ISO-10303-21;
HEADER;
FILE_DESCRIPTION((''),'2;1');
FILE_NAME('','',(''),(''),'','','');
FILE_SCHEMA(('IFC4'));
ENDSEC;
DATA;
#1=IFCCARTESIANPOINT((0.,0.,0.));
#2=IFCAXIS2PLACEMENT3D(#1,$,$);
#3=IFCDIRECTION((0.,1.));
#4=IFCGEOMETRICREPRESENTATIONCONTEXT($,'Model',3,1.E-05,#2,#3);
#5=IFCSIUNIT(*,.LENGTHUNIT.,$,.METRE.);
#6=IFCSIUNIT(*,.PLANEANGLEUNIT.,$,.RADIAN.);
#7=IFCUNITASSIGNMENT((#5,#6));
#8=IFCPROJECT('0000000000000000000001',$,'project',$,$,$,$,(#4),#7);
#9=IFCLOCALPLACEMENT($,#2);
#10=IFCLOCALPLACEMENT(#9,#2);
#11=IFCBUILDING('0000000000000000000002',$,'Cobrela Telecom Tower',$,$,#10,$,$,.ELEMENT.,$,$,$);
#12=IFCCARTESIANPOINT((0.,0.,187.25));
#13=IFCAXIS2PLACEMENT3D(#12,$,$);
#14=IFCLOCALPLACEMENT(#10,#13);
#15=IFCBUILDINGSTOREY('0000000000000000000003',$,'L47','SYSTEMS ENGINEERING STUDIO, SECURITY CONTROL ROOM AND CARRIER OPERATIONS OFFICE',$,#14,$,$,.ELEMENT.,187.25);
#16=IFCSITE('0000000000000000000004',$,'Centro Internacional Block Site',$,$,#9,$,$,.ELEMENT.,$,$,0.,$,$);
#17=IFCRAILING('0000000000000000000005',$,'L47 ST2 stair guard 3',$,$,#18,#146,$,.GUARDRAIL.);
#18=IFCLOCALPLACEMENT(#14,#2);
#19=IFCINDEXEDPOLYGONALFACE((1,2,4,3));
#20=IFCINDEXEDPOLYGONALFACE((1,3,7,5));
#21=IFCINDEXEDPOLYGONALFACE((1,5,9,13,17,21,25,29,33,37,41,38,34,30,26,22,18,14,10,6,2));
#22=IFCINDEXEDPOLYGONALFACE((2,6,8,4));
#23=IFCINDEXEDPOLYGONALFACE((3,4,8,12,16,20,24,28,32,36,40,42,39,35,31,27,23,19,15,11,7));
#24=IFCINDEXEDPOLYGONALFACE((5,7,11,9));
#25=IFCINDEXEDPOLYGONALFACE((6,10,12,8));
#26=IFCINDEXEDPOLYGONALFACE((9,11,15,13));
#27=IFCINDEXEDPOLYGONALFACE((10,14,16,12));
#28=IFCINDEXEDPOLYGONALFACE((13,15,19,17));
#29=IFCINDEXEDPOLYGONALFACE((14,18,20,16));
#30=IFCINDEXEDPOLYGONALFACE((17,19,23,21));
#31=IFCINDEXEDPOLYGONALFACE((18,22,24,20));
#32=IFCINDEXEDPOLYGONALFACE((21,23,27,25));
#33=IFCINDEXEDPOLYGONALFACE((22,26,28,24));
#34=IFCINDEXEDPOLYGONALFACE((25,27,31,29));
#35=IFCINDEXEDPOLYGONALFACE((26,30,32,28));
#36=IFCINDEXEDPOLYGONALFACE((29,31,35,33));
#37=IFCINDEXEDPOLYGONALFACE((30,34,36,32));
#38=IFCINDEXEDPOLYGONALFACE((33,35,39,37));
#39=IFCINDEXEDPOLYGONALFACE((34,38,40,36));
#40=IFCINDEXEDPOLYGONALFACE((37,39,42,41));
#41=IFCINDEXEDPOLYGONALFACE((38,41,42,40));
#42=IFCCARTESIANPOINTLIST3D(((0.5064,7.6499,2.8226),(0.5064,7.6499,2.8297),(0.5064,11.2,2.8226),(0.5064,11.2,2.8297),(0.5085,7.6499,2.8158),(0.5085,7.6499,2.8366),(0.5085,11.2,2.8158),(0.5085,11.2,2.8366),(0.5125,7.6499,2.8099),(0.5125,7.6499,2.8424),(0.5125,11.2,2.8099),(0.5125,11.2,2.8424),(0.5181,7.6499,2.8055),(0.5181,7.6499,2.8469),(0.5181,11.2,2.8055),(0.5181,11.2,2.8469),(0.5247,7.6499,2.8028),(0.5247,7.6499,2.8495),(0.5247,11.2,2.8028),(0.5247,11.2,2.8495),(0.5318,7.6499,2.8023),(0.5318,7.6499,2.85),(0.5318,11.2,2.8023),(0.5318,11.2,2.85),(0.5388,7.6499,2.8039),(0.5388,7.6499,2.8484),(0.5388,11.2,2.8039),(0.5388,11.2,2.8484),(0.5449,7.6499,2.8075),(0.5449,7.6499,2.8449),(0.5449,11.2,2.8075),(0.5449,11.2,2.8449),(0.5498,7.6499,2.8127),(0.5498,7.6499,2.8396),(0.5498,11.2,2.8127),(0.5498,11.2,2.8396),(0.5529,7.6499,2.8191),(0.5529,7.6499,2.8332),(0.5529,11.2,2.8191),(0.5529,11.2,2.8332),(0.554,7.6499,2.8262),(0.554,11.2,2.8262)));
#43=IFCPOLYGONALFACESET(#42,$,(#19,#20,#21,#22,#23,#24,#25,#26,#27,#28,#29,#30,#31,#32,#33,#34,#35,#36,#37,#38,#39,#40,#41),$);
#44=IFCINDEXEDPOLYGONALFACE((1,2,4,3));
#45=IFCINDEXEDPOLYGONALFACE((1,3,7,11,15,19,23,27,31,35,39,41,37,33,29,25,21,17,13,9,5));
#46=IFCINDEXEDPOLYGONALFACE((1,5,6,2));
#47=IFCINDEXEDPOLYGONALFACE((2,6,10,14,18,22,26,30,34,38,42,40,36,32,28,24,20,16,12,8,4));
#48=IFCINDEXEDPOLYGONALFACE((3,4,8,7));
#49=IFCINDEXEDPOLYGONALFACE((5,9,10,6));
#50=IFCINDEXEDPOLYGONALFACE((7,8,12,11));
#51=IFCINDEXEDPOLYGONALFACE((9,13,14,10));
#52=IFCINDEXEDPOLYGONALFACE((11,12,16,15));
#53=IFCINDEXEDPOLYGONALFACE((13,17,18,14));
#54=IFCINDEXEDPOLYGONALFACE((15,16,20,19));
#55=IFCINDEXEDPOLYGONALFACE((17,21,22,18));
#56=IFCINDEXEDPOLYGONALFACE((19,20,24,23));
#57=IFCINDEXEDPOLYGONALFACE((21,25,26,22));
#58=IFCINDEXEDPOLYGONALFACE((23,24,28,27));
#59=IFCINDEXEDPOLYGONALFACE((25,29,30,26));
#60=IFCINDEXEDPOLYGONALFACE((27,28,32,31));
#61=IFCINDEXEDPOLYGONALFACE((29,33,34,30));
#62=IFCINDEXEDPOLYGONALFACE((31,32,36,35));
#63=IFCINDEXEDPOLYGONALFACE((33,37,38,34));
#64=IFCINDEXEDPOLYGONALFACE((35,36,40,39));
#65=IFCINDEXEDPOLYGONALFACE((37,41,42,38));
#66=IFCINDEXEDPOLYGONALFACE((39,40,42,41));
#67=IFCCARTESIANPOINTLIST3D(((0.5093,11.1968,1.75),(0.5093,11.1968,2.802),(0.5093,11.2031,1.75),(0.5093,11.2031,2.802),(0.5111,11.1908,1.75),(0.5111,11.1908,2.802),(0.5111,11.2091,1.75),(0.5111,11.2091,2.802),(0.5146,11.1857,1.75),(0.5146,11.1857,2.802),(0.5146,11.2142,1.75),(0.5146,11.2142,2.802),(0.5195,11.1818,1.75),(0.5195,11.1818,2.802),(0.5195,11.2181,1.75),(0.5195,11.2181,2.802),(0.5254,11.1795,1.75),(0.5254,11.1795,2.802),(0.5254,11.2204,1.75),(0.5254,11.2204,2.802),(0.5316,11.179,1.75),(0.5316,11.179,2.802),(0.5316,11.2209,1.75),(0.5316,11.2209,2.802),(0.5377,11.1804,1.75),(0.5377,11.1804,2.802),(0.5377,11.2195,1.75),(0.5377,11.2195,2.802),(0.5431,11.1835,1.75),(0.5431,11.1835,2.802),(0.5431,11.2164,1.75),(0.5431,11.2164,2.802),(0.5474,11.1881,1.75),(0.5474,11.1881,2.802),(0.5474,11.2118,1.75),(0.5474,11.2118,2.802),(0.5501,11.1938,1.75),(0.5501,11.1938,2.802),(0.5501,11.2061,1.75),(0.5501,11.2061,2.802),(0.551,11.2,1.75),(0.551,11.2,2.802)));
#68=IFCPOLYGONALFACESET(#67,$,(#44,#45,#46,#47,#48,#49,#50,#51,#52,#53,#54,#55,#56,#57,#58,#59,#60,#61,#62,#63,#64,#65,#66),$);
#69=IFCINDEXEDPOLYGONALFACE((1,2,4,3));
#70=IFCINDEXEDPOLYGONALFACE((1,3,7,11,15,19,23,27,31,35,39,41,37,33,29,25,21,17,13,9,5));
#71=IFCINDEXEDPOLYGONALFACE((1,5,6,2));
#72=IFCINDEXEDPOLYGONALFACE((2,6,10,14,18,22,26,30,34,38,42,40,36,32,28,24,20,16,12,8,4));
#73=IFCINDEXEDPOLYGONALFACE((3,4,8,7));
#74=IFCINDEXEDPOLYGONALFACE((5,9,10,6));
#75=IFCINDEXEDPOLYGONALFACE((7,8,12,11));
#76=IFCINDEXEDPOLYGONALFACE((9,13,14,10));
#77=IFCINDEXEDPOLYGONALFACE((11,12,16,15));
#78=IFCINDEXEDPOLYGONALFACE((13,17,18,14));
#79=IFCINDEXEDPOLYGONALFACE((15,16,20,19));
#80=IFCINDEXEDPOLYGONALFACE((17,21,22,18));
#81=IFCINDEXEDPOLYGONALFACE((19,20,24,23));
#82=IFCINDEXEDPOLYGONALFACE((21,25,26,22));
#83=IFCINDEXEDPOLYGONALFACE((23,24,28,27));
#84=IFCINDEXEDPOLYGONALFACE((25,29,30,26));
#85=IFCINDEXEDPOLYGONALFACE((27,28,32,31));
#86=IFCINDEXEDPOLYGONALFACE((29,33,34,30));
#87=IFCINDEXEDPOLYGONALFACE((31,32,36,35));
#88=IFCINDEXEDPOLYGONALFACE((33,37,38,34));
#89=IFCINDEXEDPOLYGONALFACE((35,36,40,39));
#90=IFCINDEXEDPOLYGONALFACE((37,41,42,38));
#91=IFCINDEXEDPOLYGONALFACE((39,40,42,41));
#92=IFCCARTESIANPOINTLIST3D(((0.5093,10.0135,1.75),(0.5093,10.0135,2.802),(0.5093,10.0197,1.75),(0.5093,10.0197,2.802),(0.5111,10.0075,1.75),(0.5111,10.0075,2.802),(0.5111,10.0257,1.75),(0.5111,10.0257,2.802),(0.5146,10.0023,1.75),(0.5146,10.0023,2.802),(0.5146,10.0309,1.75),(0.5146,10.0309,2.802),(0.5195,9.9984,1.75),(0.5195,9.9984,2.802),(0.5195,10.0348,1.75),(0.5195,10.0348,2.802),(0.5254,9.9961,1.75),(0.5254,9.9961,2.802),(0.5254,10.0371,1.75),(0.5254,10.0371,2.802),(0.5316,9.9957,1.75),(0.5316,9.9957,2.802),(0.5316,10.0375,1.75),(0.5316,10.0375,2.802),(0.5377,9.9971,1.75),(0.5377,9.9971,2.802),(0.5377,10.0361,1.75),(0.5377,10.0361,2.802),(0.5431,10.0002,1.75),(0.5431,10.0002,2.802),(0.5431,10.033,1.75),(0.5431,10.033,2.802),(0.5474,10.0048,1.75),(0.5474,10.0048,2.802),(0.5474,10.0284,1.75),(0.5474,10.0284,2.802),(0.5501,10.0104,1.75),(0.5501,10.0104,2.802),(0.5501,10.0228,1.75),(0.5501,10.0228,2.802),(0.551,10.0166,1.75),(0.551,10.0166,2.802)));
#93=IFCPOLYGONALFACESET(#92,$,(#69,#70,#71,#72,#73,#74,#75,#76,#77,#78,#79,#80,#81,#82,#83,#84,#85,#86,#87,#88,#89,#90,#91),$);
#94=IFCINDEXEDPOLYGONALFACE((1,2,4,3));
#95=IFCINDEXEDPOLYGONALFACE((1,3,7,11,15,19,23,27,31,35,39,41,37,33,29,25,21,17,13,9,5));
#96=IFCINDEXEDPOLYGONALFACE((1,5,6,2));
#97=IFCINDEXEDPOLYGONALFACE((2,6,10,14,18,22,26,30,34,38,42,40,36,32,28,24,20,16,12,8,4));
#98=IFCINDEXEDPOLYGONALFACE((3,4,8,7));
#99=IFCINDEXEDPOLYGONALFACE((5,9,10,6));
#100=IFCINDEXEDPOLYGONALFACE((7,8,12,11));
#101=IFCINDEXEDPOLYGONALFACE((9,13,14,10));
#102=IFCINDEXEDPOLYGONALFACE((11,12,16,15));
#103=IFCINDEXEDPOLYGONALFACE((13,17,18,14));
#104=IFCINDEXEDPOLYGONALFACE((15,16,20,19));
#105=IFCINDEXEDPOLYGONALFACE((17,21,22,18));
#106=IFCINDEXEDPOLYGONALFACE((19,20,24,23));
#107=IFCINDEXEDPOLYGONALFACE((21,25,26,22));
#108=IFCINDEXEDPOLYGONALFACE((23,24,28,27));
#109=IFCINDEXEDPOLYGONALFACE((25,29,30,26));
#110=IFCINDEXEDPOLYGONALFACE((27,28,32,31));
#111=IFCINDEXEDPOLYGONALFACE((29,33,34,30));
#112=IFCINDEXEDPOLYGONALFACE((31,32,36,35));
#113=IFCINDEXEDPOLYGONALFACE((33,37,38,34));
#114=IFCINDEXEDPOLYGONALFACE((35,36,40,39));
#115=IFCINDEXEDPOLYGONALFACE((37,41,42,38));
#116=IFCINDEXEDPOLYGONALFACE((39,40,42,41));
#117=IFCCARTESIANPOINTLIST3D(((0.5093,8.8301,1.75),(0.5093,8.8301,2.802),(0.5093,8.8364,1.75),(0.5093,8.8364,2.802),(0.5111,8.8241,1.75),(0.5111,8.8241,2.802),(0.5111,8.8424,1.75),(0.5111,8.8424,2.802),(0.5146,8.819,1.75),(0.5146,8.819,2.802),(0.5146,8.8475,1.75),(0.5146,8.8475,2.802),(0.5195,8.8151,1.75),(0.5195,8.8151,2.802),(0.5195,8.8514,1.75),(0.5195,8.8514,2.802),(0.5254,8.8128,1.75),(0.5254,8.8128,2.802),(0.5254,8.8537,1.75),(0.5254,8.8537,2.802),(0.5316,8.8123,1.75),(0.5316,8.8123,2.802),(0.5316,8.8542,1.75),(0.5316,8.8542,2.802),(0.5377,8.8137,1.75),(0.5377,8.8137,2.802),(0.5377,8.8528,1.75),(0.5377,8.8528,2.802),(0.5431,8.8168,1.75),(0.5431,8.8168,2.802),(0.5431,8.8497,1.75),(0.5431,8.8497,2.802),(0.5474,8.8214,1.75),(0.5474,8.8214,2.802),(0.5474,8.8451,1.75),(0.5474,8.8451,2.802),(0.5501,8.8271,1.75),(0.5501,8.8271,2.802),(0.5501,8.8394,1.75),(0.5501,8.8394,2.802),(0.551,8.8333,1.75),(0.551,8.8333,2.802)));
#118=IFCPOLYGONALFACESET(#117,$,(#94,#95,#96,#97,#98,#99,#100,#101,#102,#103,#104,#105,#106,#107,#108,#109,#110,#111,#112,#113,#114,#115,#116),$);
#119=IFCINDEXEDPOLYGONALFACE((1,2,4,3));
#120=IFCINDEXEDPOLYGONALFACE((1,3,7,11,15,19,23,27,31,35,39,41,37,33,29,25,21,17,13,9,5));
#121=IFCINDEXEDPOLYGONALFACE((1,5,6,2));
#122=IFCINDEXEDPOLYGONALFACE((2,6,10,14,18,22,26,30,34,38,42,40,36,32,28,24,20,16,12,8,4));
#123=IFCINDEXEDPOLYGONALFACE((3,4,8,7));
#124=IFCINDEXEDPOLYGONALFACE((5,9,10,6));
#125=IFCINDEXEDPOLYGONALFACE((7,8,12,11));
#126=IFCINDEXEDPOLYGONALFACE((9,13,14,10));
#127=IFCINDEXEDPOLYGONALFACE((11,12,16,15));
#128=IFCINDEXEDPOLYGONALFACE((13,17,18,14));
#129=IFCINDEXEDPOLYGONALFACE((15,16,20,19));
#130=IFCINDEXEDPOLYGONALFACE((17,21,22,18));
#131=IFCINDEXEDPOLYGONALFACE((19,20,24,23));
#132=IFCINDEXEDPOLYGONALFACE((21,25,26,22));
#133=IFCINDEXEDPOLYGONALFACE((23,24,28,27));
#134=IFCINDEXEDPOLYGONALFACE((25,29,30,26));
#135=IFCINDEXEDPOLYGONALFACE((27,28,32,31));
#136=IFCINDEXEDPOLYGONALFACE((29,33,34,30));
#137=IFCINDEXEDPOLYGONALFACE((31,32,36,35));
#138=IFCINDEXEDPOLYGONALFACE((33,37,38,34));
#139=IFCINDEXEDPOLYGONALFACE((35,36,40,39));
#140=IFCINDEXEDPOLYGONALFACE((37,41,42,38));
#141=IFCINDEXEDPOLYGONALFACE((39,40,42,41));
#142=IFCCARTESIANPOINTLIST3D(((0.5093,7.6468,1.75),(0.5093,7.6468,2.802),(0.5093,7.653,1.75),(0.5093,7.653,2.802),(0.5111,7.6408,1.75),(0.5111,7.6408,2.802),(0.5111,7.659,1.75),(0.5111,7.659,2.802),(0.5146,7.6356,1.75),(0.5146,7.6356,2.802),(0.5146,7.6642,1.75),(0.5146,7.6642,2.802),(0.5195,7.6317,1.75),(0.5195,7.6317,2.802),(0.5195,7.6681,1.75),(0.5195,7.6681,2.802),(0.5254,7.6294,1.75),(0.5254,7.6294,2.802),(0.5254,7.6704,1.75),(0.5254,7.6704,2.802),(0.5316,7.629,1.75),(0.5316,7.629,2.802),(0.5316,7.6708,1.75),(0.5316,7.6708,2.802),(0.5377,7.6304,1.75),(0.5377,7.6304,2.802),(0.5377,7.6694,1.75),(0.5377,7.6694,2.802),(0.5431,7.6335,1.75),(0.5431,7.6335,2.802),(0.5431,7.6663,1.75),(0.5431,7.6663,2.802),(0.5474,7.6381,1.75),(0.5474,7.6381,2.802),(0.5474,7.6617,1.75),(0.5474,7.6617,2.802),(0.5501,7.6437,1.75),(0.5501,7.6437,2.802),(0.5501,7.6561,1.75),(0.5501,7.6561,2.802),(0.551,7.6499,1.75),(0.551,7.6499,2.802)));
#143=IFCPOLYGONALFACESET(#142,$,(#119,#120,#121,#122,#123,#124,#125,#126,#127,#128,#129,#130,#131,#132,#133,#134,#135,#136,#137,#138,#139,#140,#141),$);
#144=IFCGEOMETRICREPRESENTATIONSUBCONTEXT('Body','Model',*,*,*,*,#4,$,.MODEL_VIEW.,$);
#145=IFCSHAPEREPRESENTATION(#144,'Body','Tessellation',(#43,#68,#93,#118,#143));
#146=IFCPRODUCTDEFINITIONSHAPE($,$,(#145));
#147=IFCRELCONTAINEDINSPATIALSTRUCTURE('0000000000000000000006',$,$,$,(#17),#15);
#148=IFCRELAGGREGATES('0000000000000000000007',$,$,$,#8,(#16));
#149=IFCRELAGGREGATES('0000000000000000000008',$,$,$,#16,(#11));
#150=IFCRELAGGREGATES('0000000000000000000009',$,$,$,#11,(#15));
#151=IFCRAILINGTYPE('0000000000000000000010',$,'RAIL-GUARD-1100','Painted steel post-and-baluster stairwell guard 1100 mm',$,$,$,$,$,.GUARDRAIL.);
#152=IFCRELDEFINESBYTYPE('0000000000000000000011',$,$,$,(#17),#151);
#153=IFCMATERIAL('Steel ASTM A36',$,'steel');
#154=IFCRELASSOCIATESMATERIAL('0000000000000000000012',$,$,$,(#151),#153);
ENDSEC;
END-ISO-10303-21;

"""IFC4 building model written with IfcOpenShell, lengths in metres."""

from ifc_helpers import new_model, si_unit, direction, frame, origin, origin_2d, place, context, subcontext, project, spatial, circle, extrude, material, type_object, element, save


model = new_model("IFC4")

# Units and contexts
model_context = context("Model", 3, precision=1e-05, world=origin(), true_north=direction((0.0, 1.0)))
body_context = subcontext(model_context, "Body", "Model", "MODEL_VIEW")
ifc_project = project(units=[si_unit("LENGTHUNIT", "METRE"), si_unit("PLANEANGLEUNIT", "RADIAN")], contexts=[model_context])

# Site, building, storey
site_placement = place(None, origin())
site = spatial("IfcSite", under=ifc_project, at=site_placement, Name="Centro Internacional Block Site", CompositionType="ELEMENT", RefElevation=0.0)
building_placement = place(site_placement, origin())
building = spatial("IfcBuilding", under=site, at=building_placement, Name="Cobrela Telecom Tower", CompositionType="ELEMENT")
storey_placement = place(building_placement, frame((0.0, 0.0, 187.25)))
storey = spatial("IfcBuildingStorey", under=building, at=storey_placement, Name="L47", Description="SYSTEMS ENGINEERING STUDIO, SECURITY CONTROL ROOM AND CARRIER OPERATIONS OFFICE", CompositionType="ELEMENT", Elevation=187.25)

# Shared definitions
ifc_material_1 = material(Name="Steel ASTM A36", Category="steel")

# Railing
railing_type = type_object("IfcRailingType", Name="RAIL-GUARD-1100", Description="Painted steel post-and-baluster stairwell guard 1100 mm", PredefinedType="GUARDRAIL", material=ifc_material_1)
railing_1_placement = place(storey_placement, frame((0.53, 11.2, 1.75)))
element("IfcRailing", 1, at=railing_1_placement, inside=storey, type_object=railing_type, Name="L47 ST2 stair guard 3", PredefinedType="GUARDRAIL", context=body_context, shape_type="SweptSolid", body=[
    extrude(circle(Radius=0.0239, at=origin_2d()), frame((0.0, 0.0, 1.0762), z_axis=(0.0, -1.0, 0.0), x_axis=(1.0, 0.0, 0.0)), (0.0, 0.0, 1.0), 3.55),
    extrude(circle(Radius=0.021, at=origin_2d()), origin(), (0.0, 0.0, 1.0), 1.052),
    extrude(circle(Radius=0.021, at=origin_2d()), frame((0.0, -1.1833, 0.0)), (0.0, 0.0, 1.0), 1.052),
    extrude(circle(Radius=0.021, at=origin_2d()), frame((0.0, -2.3667, 0.0)), (0.0, 0.0, 1.0), 1.052),
    extrude(circle(Radius=0.021, at=origin_2d()), frame((0.0, -3.55, 0.0)), (0.0, 0.0, 1.0), 1.052),
])

save(model, "model.ifc")
